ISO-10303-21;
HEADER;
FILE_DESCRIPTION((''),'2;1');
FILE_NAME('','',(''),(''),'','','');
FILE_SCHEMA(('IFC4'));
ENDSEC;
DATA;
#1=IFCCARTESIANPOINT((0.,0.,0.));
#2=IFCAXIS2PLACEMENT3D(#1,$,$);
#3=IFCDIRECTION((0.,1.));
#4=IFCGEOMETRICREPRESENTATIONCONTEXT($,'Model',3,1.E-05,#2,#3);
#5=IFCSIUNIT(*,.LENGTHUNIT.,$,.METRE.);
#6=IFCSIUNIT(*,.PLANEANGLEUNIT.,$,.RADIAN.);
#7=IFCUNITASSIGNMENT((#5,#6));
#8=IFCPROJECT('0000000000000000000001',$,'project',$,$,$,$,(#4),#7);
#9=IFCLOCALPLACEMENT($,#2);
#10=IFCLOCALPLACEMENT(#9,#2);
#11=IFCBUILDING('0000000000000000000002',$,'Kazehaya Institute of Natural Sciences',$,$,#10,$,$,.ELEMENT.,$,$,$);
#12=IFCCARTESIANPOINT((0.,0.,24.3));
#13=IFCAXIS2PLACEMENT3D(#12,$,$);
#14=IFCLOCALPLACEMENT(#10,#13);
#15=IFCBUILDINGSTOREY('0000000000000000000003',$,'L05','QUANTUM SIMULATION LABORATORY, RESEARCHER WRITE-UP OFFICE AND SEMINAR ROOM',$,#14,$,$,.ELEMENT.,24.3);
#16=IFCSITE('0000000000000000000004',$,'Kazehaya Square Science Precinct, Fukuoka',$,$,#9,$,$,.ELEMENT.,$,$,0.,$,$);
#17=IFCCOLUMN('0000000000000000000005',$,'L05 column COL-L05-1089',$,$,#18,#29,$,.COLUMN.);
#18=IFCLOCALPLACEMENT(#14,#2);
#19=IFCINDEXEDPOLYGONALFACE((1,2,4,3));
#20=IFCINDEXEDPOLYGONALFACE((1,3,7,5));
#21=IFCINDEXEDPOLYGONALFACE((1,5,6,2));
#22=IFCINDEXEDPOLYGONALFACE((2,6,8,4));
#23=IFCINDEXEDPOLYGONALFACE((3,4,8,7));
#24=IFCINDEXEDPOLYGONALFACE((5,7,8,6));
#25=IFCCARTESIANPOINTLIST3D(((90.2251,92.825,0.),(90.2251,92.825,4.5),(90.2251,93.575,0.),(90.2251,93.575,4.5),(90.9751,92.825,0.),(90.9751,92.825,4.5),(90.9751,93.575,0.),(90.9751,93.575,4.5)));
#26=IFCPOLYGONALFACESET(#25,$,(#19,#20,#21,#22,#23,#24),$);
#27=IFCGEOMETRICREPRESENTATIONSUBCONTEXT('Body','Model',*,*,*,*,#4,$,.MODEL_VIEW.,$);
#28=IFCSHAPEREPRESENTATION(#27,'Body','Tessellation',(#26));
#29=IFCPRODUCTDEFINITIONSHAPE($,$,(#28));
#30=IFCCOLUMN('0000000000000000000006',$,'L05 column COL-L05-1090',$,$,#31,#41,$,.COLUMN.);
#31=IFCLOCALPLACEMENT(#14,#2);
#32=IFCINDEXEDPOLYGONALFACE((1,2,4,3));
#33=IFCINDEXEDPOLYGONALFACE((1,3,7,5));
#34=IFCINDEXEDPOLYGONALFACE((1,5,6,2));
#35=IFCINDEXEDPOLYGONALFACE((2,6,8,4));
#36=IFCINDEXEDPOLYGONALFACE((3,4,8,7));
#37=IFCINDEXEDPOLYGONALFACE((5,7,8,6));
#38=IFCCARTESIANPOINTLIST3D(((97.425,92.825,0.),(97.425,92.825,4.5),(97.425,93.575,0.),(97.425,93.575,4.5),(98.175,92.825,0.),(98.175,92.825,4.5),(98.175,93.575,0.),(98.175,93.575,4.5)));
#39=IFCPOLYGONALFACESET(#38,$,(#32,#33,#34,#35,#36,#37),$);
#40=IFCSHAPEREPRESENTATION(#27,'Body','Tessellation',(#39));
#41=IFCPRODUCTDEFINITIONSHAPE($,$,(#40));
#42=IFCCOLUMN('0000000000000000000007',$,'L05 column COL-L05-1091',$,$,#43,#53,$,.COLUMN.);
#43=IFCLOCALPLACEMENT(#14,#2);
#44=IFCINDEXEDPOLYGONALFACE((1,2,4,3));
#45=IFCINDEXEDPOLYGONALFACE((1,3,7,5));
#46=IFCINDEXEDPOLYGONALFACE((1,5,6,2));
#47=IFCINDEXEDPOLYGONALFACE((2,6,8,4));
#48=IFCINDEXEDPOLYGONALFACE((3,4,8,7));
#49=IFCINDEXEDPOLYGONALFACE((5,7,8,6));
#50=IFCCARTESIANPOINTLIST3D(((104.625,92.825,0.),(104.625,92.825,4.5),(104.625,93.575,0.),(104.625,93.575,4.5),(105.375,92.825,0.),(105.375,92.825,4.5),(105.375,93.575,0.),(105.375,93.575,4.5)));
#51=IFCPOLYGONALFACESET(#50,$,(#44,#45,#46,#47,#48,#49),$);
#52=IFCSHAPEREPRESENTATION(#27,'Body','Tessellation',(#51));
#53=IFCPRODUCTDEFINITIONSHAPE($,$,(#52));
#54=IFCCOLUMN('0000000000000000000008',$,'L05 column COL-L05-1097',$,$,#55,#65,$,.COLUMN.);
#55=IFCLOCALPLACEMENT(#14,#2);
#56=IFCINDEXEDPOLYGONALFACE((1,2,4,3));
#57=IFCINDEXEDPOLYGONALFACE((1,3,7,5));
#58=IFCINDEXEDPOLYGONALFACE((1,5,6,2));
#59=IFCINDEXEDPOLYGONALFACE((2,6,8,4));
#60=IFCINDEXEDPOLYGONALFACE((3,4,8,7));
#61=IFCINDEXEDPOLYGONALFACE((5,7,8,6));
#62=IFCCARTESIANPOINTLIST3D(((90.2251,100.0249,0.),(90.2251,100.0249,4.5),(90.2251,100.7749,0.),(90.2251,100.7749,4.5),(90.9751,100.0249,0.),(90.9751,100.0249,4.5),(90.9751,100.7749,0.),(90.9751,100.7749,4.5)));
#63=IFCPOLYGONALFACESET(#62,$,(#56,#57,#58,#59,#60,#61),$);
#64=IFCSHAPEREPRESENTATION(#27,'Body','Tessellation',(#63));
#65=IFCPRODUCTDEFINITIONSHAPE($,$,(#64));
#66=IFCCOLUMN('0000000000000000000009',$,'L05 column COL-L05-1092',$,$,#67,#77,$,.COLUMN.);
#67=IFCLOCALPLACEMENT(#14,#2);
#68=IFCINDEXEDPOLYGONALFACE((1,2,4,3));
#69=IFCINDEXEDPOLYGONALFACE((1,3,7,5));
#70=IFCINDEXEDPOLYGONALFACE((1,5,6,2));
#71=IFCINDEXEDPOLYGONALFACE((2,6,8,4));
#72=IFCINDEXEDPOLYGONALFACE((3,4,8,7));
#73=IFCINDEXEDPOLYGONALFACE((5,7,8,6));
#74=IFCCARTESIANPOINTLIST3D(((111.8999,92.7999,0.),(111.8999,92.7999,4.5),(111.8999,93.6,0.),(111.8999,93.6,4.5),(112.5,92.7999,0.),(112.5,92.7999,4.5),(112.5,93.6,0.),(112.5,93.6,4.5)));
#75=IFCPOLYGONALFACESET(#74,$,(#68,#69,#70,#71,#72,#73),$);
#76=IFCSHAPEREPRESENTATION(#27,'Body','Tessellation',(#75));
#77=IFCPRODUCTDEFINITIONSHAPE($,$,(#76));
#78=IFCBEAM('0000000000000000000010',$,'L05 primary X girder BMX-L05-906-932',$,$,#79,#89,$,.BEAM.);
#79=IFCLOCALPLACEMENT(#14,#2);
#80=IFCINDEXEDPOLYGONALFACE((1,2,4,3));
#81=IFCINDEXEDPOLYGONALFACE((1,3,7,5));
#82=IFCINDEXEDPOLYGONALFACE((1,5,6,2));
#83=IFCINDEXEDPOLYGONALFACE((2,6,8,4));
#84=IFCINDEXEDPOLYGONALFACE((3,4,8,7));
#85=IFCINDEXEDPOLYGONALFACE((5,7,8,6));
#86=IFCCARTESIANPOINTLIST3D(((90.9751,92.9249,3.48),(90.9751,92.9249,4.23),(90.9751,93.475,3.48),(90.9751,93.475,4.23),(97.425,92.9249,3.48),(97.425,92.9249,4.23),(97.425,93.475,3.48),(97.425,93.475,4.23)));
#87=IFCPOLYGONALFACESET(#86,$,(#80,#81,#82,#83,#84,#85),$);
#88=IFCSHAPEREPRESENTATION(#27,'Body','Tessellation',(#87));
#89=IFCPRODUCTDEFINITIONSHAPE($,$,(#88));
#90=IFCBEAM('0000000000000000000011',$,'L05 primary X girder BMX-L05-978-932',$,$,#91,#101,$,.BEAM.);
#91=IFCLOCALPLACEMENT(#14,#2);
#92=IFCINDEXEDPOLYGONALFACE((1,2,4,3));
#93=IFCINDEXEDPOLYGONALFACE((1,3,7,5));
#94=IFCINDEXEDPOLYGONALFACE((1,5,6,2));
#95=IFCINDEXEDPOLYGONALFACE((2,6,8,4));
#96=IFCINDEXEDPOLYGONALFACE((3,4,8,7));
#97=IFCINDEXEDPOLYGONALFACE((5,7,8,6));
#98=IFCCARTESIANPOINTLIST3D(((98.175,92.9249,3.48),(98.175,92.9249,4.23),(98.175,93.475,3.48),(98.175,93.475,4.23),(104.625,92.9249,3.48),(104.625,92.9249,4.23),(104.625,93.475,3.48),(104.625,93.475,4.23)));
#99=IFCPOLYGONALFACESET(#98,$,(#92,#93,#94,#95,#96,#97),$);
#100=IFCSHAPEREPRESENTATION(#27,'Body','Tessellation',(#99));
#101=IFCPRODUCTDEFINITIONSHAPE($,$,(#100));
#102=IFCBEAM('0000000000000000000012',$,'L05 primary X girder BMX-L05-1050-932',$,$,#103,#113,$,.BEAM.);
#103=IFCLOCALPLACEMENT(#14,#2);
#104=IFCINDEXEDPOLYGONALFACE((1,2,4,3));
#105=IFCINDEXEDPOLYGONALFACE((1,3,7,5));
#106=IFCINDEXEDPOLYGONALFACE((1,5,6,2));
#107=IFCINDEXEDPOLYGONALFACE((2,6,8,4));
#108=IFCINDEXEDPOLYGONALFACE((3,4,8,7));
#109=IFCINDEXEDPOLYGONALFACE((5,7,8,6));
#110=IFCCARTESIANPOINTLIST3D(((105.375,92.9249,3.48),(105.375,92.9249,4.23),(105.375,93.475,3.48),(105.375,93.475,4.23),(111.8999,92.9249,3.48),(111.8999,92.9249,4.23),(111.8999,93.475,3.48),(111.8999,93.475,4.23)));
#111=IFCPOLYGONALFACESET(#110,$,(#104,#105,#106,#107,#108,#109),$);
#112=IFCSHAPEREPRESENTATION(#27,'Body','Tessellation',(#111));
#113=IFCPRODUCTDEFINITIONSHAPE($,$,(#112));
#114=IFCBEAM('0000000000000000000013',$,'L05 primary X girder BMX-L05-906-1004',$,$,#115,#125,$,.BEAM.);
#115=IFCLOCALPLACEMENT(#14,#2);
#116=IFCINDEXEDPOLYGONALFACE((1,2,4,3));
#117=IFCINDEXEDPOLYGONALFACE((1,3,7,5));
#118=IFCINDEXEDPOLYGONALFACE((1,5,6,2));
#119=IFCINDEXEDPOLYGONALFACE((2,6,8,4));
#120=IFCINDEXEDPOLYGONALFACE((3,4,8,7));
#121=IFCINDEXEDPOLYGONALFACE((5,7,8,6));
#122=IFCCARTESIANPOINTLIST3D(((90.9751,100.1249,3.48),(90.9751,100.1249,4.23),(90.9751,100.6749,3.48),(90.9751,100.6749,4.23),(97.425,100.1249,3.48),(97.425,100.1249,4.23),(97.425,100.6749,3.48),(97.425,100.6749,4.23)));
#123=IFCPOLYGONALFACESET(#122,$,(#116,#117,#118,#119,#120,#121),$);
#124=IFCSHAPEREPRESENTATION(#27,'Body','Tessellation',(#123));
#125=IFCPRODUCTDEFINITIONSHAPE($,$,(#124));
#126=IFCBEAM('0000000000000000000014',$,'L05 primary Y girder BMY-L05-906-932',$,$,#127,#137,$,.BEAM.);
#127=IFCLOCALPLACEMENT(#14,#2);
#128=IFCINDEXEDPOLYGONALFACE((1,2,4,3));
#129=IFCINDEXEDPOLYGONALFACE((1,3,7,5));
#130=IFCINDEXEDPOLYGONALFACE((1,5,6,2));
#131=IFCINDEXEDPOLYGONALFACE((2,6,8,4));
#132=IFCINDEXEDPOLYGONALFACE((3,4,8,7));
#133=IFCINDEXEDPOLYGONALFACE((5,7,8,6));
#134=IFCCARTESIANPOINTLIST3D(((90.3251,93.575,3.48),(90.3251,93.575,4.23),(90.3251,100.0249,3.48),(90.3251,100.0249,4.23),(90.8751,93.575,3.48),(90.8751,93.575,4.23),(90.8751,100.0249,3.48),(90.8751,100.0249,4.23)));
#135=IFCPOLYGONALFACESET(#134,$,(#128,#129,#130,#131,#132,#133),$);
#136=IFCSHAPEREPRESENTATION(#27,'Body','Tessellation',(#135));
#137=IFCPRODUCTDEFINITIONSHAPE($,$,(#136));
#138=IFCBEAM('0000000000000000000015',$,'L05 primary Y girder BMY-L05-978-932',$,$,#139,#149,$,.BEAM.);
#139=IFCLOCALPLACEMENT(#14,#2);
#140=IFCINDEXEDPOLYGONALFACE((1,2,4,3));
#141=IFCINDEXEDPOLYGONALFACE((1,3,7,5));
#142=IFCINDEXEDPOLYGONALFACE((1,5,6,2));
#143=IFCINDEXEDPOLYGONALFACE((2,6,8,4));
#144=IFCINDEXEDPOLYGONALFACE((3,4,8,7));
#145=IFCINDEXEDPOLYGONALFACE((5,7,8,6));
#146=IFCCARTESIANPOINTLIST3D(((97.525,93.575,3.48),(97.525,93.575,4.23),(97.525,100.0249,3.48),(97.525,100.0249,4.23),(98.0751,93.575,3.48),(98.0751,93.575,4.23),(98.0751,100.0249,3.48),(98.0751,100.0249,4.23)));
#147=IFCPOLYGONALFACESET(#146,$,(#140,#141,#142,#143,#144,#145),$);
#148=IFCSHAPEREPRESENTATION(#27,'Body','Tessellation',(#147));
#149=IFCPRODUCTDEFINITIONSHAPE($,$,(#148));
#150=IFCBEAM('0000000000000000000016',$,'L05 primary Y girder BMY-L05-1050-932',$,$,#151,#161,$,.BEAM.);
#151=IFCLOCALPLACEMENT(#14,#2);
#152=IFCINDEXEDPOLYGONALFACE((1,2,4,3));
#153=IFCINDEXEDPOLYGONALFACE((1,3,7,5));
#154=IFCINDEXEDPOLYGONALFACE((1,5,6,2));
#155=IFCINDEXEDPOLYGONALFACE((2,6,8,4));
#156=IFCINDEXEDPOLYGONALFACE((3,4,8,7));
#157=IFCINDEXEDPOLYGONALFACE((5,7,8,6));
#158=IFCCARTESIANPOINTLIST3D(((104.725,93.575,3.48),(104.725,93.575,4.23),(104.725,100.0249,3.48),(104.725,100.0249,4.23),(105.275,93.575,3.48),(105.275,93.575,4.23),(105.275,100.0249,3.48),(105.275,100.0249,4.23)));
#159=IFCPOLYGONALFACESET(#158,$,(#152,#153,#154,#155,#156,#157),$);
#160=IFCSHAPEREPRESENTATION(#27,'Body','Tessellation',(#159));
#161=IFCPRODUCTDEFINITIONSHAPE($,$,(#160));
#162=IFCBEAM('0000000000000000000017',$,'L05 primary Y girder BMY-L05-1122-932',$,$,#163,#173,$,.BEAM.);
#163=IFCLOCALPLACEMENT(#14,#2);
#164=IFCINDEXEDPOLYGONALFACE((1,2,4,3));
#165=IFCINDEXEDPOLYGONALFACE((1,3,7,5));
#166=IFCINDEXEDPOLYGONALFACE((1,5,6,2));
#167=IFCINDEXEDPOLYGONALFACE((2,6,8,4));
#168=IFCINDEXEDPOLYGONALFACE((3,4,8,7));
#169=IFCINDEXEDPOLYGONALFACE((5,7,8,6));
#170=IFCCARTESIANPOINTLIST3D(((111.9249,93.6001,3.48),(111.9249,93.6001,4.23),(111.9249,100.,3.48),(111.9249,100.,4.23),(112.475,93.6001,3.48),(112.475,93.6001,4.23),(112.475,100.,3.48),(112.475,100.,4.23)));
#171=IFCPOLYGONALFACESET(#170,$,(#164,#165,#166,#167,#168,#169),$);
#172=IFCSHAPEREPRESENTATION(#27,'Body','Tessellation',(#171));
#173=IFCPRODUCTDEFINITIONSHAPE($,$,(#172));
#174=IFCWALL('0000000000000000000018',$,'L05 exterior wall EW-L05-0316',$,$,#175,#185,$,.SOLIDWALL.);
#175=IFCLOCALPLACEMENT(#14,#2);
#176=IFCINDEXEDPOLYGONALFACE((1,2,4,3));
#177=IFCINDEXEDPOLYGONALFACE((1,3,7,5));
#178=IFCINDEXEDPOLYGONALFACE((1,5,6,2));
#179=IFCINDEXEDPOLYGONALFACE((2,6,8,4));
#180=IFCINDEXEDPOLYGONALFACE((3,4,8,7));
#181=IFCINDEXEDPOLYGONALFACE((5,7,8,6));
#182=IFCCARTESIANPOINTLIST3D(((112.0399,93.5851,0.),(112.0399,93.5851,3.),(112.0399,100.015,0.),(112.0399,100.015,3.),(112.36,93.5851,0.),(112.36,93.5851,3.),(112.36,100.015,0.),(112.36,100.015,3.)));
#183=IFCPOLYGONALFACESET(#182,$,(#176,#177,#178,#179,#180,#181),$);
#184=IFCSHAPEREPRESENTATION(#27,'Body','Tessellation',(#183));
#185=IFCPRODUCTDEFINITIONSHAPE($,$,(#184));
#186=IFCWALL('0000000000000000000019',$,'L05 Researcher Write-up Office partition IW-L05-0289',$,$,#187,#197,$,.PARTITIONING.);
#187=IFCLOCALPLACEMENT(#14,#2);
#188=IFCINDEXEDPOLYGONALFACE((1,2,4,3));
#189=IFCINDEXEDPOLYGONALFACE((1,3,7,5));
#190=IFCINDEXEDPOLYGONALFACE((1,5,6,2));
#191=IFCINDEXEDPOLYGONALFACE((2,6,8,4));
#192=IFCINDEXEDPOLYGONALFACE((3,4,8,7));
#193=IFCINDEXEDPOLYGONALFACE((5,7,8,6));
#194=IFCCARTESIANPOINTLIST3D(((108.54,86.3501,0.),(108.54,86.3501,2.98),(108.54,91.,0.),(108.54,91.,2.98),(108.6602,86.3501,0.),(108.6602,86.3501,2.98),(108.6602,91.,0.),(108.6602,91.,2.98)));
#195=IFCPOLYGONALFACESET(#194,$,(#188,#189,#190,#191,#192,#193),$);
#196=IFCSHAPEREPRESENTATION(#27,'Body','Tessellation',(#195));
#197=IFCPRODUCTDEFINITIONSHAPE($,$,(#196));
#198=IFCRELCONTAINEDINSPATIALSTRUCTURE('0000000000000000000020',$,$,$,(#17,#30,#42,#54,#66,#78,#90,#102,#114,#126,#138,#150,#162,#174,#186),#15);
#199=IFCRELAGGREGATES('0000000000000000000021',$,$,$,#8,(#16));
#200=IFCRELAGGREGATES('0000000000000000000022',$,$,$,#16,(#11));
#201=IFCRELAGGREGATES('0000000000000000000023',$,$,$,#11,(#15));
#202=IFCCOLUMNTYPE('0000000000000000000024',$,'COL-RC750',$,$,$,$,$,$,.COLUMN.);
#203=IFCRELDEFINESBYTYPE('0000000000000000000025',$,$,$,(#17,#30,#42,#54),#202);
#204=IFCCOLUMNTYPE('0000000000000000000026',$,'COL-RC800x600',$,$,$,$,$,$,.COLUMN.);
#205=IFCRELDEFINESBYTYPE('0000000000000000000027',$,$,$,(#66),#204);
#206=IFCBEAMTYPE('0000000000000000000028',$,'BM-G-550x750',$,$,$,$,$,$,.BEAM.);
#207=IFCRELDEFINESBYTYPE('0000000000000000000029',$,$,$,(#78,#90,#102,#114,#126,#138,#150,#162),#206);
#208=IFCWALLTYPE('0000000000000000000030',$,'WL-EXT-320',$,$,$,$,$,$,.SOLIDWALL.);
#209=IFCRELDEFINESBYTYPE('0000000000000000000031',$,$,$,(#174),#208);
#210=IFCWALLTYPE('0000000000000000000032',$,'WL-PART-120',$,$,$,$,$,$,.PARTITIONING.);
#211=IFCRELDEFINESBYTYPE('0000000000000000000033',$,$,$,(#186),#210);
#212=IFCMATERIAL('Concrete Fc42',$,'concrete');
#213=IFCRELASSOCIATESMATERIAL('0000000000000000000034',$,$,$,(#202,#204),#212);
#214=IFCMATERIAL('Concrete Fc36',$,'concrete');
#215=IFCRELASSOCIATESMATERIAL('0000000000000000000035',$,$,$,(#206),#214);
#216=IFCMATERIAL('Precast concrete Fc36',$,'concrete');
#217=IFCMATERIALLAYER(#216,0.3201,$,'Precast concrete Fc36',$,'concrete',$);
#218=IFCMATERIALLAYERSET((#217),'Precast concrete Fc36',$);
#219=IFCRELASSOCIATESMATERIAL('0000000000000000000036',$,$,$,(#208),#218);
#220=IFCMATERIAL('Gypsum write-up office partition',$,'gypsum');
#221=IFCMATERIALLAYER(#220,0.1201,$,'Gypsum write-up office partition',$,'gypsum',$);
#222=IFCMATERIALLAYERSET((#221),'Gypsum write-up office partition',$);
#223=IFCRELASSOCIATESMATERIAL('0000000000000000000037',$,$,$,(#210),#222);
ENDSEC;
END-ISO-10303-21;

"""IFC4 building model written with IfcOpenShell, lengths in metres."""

from ifc_helpers import new_model, si_unit, direction, frame, frame_2d, origin, origin_2d, place, context, subcontext, project, spatial, rectangle, extrude, material, layer, layer_set, material_profile, profile_set, type_object, element, save


model = new_model("IFC4")

# Units and contexts
model_context = context("Model", 3, precision=1e-05, world=origin(), true_north=direction((0.0, 1.0)))
body_context = subcontext(model_context, "Body", "Model", "MODEL_VIEW")
ifc_project = project(units=[si_unit("LENGTHUNIT", "METRE"), si_unit("PLANEANGLEUNIT", "RADIAN")], contexts=[model_context])

# Site, building, storey
site_placement = place(None, origin())
site = spatial("IfcSite", under=ifc_project, at=site_placement, Name="Kazehaya Square Science Precinct, Fukuoka", CompositionType="ELEMENT", RefElevation=0.0)
building_placement = place(site_placement, origin())
building = spatial("IfcBuilding", under=site, at=building_placement, Name="Kazehaya Institute of Natural Sciences", CompositionType="ELEMENT")
storey_placement = place(building_placement, frame((0.0, 0.0, 24.3)))
storey = spatial("IfcBuildingStorey", under=building, at=storey_placement, Name="L05", Description="QUANTUM SIMULATION LABORATORY, RESEARCHER WRITE-UP OFFICE AND SEMINAR ROOM", CompositionType="ELEMENT", Elevation=24.3)

# Columns
ifc_material_1 = material(Name="Concrete Fc42", Category="concrete")
ifc_material_profile_1 = material_profile(ifc_material_1, rectangle(XDim=0.75, YDim=0.75, at=origin_2d()), Name="RC-750x750")
ifc_profile_set_1 = profile_set([ifc_material_profile_1], Name="Concrete Fc42")
column_type_1 = type_object("IfcColumnType", Name="COL-RC750", PredefinedType="COLUMN", material=ifc_profile_set_1)
for number, where, z_axis, x_axis, name in (
    (1, (90.6001, 93.2, 0.0), (0.0, 0.0, 1.0), (1.0, 0.0, 0.0), "L05 column COL-L05-1089"),
    (2, (97.8, 93.2, 0.0), (0.0, 0.0, 1.0), (1.0, 0.0, 0.0), "L05 column COL-L05-1090"),
    (3, (105.0, 93.2, 0.0), (0.0, 0.0, 1.0), (1.0, 0.0, 0.0), "L05 column COL-L05-1091"),
    (4, (90.6001, 100.3999, 0.0), (0.0, 0.0, 1.0), (1.0, 0.0, 0.0), "L05 column COL-L05-1097"),
):
    element("IfcColumn", number, at=place(storey_placement, frame(where, z_axis=z_axis, x_axis=x_axis)), inside=storey, type_object=column_type_1, Name=name, PredefinedType="COLUMN", context=body_context, shape_type="SweptSolid", body=[
        extrude(rectangle(XDim=0.75, YDim=0.75, at=origin_2d()), origin(), (0.0, 0.0, 1.0), 4.5),
    ])
ifc_material_profile_2 = material_profile(ifc_material_1, rectangle(XDim=0.6001, YDim=0.8, at=origin_2d()), Name="RC-800x600")
ifc_profile_set_2 = profile_set([ifc_material_profile_2], Name="Concrete Fc42")
column_type_2 = type_object("IfcColumnType", Name="COL-RC800x600", PredefinedType="COLUMN", material=ifc_profile_set_2)
column_placement = place(storey_placement, frame((112.2, 93.2, 0.0), z_axis=(0.0, 0.0, 1.0), x_axis=(1.0, 0.0, 0.0)))
element("IfcColumn", 5, at=column_placement, inside=storey, type_object=column_type_2, Name="L05 column COL-L05-1092", PredefinedType="COLUMN", context=body_context, shape_type="SweptSolid", body=[
    extrude(rectangle(XDim=0.6001, YDim=0.8, at=origin_2d()), origin(), (0.0, 0.0, 1.0), 4.5),
])

# Beams
ifc_material_2 = material(Name="Concrete Fc36", Category="concrete")
ifc_material_profile_3 = material_profile(ifc_material_2, rectangle(XDim=0.55, YDim=0.75, at=origin_2d()), Name="RC-550x750")
ifc_profile_set_3 = profile_set([ifc_material_profile_3], Name="Concrete Fc36")
beam_type = type_object("IfcBeamType", Name="BM-G-550x750", PredefinedType="BEAM", material=ifc_profile_set_3)
for number, where, z_axis, x_axis, name in (
    (6, (90.9751, 93.2, 3.855), (1.0, 0.0, 0.0), (0.0, 1.0, 0.0), "L05 primary X girder BMX-L05-906-932"),
    (7, (98.175, 93.2, 3.855), (1.0, 0.0, 0.0), (0.0, 1.0, 0.0), "L05 primary X girder BMX-L05-978-932"),
):
    element("IfcBeam", number, at=place(storey_placement, frame(where, z_axis=z_axis, x_axis=x_axis)), inside=storey, type_object=beam_type, Name=name, PredefinedType="BEAM", context=body_context, shape_type="SweptSolid", body=[
        extrude(rectangle(XDim=0.55, YDim=0.75, at=origin_2d()), origin(), (0.0, 0.0, 1.0), 6.45),
    ])
beam_1_placement = place(storey_placement, frame((105.375, 93.2, 3.855), z_axis=(1.0, 0.0, 0.0), x_axis=(0.0, 1.0, 0.0)))
element("IfcBeam", 8, at=beam_1_placement, inside=storey, type_object=beam_type, Name="L05 primary X girder BMX-L05-1050-932", PredefinedType="BEAM", context=body_context, shape_type="SweptSolid", body=[
    extrude(rectangle(XDim=0.55, YDim=0.75, at=origin_2d()), origin(), (0.0, 0.0, 1.0), 6.5249),
])
for number, where, z_axis, x_axis, name in (
    (9, (90.9751, 100.3999, 3.855), (1.0, 0.0, 0.0), (0.0, 1.0, 0.0), "L05 primary X girder BMX-L05-906-1004"),
    (10, (90.6001, 93.575, 3.855), (0.0, 1.0, 0.0), (-1.0, 0.0, 0.0), "L05 primary Y girder BMY-L05-906-932"),
    (11, (97.8, 93.575, 3.855), (0.0, 1.0, 0.0), (-1.0, 0.0, 0.0), "L05 primary Y girder BMY-L05-978-932"),
    (12, (105.0, 93.575, 3.855), (0.0, 1.0, 0.0), (-1.0, 0.0, 0.0), "L05 primary Y girder BMY-L05-1050-932"),
):
    element("IfcBeam", number, at=place(storey_placement, frame(where, z_axis=z_axis, x_axis=x_axis)), inside=storey, type_object=beam_type, Name=name, PredefinedType="BEAM", context=body_context, shape_type="SweptSolid", body=[
        extrude(rectangle(XDim=0.55, YDim=0.75, at=origin_2d()), origin(), (0.0, 0.0, 1.0), 6.45),
    ])
beam_2_placement = place(storey_placement, frame((112.2, 93.6001, 3.855), z_axis=(0.0, 1.0, 0.0), x_axis=(-1.0, 0.0, 0.0)))
element("IfcBeam", 13, at=beam_2_placement, inside=storey, type_object=beam_type, Name="L05 primary Y girder BMY-L05-1122-932", PredefinedType="BEAM", context=body_context, shape_type="SweptSolid", body=[
    extrude(rectangle(XDim=0.55, YDim=0.75, at=origin_2d()), origin(), (0.0, 0.0, 1.0), 6.3999),
])

# Walls
ifc_material_3 = material(Name="Precast concrete Fc36", Category="concrete")
ifc_layer_1 = layer(ifc_material_3, 0.3201, Name="Precast concrete Fc36", Category="concrete")
ifc_layer_set_1 = layer_set([ifc_layer_1], Name="Precast concrete Fc36")
wall_type_1 = type_object("IfcWallType", Name="WL-EXT-320", PredefinedType="SOLIDWALL", material=ifc_layer_set_1)
for number, where, z_axis, x_axis, name in (
    (14, (112.2, 100.0149, 0.0), (0.0, 0.0, 1.0), (0.0, -1.0, 0.0), "L05 exterior wall EW-L05-0316"),
):
    element("IfcWall", number, at=place(storey_placement, frame(where, z_axis=z_axis, x_axis=x_axis)), inside=storey, type_object=wall_type_1, Name=name, PredefinedType="SOLIDWALL", context=body_context, shape_type="SweptSolid", body=[
        extrude(rectangle(XDim=6.4299, YDim=0.3201, at=frame_2d((3.2148, 0.0))), origin(), (0.0, 0.0, 1.0), 3.0),
    ])
ifc_material_4 = material(Name="Gypsum write-up office partition", Category="gypsum")
ifc_layer_2 = layer(ifc_material_4, 0.1201, Name="Gypsum write-up office partition", Category="gypsum")
ifc_layer_set_2 = layer_set([ifc_layer_2], Name="Gypsum write-up office partition")
wall_type_2 = type_object("IfcWallType", Name="WL-PART-120", PredefinedType="PARTITIONING", material=ifc_layer_set_2)
wall_1_placement = place(storey_placement, frame((108.6001, 91.0, 0.0), z_axis=(0.0, 0.0, 1.0), x_axis=(0.0, -1.0, 0.0)))
element("IfcWall", 15, at=wall_1_placement, inside=storey, type_object=wall_type_2, Name="L05 Researcher Write-up Office partition IW-L05-0289", PredefinedType="PARTITIONING", context=body_context, shape_type="SweptSolid", body=[
    extrude(rectangle(XDim=4.6499, YDim=0.1201, at=frame_2d((2.325, 0.0))), origin(), (0.0, 0.0, 1.0), 2.98),
])

save(model, "model.ifc")
